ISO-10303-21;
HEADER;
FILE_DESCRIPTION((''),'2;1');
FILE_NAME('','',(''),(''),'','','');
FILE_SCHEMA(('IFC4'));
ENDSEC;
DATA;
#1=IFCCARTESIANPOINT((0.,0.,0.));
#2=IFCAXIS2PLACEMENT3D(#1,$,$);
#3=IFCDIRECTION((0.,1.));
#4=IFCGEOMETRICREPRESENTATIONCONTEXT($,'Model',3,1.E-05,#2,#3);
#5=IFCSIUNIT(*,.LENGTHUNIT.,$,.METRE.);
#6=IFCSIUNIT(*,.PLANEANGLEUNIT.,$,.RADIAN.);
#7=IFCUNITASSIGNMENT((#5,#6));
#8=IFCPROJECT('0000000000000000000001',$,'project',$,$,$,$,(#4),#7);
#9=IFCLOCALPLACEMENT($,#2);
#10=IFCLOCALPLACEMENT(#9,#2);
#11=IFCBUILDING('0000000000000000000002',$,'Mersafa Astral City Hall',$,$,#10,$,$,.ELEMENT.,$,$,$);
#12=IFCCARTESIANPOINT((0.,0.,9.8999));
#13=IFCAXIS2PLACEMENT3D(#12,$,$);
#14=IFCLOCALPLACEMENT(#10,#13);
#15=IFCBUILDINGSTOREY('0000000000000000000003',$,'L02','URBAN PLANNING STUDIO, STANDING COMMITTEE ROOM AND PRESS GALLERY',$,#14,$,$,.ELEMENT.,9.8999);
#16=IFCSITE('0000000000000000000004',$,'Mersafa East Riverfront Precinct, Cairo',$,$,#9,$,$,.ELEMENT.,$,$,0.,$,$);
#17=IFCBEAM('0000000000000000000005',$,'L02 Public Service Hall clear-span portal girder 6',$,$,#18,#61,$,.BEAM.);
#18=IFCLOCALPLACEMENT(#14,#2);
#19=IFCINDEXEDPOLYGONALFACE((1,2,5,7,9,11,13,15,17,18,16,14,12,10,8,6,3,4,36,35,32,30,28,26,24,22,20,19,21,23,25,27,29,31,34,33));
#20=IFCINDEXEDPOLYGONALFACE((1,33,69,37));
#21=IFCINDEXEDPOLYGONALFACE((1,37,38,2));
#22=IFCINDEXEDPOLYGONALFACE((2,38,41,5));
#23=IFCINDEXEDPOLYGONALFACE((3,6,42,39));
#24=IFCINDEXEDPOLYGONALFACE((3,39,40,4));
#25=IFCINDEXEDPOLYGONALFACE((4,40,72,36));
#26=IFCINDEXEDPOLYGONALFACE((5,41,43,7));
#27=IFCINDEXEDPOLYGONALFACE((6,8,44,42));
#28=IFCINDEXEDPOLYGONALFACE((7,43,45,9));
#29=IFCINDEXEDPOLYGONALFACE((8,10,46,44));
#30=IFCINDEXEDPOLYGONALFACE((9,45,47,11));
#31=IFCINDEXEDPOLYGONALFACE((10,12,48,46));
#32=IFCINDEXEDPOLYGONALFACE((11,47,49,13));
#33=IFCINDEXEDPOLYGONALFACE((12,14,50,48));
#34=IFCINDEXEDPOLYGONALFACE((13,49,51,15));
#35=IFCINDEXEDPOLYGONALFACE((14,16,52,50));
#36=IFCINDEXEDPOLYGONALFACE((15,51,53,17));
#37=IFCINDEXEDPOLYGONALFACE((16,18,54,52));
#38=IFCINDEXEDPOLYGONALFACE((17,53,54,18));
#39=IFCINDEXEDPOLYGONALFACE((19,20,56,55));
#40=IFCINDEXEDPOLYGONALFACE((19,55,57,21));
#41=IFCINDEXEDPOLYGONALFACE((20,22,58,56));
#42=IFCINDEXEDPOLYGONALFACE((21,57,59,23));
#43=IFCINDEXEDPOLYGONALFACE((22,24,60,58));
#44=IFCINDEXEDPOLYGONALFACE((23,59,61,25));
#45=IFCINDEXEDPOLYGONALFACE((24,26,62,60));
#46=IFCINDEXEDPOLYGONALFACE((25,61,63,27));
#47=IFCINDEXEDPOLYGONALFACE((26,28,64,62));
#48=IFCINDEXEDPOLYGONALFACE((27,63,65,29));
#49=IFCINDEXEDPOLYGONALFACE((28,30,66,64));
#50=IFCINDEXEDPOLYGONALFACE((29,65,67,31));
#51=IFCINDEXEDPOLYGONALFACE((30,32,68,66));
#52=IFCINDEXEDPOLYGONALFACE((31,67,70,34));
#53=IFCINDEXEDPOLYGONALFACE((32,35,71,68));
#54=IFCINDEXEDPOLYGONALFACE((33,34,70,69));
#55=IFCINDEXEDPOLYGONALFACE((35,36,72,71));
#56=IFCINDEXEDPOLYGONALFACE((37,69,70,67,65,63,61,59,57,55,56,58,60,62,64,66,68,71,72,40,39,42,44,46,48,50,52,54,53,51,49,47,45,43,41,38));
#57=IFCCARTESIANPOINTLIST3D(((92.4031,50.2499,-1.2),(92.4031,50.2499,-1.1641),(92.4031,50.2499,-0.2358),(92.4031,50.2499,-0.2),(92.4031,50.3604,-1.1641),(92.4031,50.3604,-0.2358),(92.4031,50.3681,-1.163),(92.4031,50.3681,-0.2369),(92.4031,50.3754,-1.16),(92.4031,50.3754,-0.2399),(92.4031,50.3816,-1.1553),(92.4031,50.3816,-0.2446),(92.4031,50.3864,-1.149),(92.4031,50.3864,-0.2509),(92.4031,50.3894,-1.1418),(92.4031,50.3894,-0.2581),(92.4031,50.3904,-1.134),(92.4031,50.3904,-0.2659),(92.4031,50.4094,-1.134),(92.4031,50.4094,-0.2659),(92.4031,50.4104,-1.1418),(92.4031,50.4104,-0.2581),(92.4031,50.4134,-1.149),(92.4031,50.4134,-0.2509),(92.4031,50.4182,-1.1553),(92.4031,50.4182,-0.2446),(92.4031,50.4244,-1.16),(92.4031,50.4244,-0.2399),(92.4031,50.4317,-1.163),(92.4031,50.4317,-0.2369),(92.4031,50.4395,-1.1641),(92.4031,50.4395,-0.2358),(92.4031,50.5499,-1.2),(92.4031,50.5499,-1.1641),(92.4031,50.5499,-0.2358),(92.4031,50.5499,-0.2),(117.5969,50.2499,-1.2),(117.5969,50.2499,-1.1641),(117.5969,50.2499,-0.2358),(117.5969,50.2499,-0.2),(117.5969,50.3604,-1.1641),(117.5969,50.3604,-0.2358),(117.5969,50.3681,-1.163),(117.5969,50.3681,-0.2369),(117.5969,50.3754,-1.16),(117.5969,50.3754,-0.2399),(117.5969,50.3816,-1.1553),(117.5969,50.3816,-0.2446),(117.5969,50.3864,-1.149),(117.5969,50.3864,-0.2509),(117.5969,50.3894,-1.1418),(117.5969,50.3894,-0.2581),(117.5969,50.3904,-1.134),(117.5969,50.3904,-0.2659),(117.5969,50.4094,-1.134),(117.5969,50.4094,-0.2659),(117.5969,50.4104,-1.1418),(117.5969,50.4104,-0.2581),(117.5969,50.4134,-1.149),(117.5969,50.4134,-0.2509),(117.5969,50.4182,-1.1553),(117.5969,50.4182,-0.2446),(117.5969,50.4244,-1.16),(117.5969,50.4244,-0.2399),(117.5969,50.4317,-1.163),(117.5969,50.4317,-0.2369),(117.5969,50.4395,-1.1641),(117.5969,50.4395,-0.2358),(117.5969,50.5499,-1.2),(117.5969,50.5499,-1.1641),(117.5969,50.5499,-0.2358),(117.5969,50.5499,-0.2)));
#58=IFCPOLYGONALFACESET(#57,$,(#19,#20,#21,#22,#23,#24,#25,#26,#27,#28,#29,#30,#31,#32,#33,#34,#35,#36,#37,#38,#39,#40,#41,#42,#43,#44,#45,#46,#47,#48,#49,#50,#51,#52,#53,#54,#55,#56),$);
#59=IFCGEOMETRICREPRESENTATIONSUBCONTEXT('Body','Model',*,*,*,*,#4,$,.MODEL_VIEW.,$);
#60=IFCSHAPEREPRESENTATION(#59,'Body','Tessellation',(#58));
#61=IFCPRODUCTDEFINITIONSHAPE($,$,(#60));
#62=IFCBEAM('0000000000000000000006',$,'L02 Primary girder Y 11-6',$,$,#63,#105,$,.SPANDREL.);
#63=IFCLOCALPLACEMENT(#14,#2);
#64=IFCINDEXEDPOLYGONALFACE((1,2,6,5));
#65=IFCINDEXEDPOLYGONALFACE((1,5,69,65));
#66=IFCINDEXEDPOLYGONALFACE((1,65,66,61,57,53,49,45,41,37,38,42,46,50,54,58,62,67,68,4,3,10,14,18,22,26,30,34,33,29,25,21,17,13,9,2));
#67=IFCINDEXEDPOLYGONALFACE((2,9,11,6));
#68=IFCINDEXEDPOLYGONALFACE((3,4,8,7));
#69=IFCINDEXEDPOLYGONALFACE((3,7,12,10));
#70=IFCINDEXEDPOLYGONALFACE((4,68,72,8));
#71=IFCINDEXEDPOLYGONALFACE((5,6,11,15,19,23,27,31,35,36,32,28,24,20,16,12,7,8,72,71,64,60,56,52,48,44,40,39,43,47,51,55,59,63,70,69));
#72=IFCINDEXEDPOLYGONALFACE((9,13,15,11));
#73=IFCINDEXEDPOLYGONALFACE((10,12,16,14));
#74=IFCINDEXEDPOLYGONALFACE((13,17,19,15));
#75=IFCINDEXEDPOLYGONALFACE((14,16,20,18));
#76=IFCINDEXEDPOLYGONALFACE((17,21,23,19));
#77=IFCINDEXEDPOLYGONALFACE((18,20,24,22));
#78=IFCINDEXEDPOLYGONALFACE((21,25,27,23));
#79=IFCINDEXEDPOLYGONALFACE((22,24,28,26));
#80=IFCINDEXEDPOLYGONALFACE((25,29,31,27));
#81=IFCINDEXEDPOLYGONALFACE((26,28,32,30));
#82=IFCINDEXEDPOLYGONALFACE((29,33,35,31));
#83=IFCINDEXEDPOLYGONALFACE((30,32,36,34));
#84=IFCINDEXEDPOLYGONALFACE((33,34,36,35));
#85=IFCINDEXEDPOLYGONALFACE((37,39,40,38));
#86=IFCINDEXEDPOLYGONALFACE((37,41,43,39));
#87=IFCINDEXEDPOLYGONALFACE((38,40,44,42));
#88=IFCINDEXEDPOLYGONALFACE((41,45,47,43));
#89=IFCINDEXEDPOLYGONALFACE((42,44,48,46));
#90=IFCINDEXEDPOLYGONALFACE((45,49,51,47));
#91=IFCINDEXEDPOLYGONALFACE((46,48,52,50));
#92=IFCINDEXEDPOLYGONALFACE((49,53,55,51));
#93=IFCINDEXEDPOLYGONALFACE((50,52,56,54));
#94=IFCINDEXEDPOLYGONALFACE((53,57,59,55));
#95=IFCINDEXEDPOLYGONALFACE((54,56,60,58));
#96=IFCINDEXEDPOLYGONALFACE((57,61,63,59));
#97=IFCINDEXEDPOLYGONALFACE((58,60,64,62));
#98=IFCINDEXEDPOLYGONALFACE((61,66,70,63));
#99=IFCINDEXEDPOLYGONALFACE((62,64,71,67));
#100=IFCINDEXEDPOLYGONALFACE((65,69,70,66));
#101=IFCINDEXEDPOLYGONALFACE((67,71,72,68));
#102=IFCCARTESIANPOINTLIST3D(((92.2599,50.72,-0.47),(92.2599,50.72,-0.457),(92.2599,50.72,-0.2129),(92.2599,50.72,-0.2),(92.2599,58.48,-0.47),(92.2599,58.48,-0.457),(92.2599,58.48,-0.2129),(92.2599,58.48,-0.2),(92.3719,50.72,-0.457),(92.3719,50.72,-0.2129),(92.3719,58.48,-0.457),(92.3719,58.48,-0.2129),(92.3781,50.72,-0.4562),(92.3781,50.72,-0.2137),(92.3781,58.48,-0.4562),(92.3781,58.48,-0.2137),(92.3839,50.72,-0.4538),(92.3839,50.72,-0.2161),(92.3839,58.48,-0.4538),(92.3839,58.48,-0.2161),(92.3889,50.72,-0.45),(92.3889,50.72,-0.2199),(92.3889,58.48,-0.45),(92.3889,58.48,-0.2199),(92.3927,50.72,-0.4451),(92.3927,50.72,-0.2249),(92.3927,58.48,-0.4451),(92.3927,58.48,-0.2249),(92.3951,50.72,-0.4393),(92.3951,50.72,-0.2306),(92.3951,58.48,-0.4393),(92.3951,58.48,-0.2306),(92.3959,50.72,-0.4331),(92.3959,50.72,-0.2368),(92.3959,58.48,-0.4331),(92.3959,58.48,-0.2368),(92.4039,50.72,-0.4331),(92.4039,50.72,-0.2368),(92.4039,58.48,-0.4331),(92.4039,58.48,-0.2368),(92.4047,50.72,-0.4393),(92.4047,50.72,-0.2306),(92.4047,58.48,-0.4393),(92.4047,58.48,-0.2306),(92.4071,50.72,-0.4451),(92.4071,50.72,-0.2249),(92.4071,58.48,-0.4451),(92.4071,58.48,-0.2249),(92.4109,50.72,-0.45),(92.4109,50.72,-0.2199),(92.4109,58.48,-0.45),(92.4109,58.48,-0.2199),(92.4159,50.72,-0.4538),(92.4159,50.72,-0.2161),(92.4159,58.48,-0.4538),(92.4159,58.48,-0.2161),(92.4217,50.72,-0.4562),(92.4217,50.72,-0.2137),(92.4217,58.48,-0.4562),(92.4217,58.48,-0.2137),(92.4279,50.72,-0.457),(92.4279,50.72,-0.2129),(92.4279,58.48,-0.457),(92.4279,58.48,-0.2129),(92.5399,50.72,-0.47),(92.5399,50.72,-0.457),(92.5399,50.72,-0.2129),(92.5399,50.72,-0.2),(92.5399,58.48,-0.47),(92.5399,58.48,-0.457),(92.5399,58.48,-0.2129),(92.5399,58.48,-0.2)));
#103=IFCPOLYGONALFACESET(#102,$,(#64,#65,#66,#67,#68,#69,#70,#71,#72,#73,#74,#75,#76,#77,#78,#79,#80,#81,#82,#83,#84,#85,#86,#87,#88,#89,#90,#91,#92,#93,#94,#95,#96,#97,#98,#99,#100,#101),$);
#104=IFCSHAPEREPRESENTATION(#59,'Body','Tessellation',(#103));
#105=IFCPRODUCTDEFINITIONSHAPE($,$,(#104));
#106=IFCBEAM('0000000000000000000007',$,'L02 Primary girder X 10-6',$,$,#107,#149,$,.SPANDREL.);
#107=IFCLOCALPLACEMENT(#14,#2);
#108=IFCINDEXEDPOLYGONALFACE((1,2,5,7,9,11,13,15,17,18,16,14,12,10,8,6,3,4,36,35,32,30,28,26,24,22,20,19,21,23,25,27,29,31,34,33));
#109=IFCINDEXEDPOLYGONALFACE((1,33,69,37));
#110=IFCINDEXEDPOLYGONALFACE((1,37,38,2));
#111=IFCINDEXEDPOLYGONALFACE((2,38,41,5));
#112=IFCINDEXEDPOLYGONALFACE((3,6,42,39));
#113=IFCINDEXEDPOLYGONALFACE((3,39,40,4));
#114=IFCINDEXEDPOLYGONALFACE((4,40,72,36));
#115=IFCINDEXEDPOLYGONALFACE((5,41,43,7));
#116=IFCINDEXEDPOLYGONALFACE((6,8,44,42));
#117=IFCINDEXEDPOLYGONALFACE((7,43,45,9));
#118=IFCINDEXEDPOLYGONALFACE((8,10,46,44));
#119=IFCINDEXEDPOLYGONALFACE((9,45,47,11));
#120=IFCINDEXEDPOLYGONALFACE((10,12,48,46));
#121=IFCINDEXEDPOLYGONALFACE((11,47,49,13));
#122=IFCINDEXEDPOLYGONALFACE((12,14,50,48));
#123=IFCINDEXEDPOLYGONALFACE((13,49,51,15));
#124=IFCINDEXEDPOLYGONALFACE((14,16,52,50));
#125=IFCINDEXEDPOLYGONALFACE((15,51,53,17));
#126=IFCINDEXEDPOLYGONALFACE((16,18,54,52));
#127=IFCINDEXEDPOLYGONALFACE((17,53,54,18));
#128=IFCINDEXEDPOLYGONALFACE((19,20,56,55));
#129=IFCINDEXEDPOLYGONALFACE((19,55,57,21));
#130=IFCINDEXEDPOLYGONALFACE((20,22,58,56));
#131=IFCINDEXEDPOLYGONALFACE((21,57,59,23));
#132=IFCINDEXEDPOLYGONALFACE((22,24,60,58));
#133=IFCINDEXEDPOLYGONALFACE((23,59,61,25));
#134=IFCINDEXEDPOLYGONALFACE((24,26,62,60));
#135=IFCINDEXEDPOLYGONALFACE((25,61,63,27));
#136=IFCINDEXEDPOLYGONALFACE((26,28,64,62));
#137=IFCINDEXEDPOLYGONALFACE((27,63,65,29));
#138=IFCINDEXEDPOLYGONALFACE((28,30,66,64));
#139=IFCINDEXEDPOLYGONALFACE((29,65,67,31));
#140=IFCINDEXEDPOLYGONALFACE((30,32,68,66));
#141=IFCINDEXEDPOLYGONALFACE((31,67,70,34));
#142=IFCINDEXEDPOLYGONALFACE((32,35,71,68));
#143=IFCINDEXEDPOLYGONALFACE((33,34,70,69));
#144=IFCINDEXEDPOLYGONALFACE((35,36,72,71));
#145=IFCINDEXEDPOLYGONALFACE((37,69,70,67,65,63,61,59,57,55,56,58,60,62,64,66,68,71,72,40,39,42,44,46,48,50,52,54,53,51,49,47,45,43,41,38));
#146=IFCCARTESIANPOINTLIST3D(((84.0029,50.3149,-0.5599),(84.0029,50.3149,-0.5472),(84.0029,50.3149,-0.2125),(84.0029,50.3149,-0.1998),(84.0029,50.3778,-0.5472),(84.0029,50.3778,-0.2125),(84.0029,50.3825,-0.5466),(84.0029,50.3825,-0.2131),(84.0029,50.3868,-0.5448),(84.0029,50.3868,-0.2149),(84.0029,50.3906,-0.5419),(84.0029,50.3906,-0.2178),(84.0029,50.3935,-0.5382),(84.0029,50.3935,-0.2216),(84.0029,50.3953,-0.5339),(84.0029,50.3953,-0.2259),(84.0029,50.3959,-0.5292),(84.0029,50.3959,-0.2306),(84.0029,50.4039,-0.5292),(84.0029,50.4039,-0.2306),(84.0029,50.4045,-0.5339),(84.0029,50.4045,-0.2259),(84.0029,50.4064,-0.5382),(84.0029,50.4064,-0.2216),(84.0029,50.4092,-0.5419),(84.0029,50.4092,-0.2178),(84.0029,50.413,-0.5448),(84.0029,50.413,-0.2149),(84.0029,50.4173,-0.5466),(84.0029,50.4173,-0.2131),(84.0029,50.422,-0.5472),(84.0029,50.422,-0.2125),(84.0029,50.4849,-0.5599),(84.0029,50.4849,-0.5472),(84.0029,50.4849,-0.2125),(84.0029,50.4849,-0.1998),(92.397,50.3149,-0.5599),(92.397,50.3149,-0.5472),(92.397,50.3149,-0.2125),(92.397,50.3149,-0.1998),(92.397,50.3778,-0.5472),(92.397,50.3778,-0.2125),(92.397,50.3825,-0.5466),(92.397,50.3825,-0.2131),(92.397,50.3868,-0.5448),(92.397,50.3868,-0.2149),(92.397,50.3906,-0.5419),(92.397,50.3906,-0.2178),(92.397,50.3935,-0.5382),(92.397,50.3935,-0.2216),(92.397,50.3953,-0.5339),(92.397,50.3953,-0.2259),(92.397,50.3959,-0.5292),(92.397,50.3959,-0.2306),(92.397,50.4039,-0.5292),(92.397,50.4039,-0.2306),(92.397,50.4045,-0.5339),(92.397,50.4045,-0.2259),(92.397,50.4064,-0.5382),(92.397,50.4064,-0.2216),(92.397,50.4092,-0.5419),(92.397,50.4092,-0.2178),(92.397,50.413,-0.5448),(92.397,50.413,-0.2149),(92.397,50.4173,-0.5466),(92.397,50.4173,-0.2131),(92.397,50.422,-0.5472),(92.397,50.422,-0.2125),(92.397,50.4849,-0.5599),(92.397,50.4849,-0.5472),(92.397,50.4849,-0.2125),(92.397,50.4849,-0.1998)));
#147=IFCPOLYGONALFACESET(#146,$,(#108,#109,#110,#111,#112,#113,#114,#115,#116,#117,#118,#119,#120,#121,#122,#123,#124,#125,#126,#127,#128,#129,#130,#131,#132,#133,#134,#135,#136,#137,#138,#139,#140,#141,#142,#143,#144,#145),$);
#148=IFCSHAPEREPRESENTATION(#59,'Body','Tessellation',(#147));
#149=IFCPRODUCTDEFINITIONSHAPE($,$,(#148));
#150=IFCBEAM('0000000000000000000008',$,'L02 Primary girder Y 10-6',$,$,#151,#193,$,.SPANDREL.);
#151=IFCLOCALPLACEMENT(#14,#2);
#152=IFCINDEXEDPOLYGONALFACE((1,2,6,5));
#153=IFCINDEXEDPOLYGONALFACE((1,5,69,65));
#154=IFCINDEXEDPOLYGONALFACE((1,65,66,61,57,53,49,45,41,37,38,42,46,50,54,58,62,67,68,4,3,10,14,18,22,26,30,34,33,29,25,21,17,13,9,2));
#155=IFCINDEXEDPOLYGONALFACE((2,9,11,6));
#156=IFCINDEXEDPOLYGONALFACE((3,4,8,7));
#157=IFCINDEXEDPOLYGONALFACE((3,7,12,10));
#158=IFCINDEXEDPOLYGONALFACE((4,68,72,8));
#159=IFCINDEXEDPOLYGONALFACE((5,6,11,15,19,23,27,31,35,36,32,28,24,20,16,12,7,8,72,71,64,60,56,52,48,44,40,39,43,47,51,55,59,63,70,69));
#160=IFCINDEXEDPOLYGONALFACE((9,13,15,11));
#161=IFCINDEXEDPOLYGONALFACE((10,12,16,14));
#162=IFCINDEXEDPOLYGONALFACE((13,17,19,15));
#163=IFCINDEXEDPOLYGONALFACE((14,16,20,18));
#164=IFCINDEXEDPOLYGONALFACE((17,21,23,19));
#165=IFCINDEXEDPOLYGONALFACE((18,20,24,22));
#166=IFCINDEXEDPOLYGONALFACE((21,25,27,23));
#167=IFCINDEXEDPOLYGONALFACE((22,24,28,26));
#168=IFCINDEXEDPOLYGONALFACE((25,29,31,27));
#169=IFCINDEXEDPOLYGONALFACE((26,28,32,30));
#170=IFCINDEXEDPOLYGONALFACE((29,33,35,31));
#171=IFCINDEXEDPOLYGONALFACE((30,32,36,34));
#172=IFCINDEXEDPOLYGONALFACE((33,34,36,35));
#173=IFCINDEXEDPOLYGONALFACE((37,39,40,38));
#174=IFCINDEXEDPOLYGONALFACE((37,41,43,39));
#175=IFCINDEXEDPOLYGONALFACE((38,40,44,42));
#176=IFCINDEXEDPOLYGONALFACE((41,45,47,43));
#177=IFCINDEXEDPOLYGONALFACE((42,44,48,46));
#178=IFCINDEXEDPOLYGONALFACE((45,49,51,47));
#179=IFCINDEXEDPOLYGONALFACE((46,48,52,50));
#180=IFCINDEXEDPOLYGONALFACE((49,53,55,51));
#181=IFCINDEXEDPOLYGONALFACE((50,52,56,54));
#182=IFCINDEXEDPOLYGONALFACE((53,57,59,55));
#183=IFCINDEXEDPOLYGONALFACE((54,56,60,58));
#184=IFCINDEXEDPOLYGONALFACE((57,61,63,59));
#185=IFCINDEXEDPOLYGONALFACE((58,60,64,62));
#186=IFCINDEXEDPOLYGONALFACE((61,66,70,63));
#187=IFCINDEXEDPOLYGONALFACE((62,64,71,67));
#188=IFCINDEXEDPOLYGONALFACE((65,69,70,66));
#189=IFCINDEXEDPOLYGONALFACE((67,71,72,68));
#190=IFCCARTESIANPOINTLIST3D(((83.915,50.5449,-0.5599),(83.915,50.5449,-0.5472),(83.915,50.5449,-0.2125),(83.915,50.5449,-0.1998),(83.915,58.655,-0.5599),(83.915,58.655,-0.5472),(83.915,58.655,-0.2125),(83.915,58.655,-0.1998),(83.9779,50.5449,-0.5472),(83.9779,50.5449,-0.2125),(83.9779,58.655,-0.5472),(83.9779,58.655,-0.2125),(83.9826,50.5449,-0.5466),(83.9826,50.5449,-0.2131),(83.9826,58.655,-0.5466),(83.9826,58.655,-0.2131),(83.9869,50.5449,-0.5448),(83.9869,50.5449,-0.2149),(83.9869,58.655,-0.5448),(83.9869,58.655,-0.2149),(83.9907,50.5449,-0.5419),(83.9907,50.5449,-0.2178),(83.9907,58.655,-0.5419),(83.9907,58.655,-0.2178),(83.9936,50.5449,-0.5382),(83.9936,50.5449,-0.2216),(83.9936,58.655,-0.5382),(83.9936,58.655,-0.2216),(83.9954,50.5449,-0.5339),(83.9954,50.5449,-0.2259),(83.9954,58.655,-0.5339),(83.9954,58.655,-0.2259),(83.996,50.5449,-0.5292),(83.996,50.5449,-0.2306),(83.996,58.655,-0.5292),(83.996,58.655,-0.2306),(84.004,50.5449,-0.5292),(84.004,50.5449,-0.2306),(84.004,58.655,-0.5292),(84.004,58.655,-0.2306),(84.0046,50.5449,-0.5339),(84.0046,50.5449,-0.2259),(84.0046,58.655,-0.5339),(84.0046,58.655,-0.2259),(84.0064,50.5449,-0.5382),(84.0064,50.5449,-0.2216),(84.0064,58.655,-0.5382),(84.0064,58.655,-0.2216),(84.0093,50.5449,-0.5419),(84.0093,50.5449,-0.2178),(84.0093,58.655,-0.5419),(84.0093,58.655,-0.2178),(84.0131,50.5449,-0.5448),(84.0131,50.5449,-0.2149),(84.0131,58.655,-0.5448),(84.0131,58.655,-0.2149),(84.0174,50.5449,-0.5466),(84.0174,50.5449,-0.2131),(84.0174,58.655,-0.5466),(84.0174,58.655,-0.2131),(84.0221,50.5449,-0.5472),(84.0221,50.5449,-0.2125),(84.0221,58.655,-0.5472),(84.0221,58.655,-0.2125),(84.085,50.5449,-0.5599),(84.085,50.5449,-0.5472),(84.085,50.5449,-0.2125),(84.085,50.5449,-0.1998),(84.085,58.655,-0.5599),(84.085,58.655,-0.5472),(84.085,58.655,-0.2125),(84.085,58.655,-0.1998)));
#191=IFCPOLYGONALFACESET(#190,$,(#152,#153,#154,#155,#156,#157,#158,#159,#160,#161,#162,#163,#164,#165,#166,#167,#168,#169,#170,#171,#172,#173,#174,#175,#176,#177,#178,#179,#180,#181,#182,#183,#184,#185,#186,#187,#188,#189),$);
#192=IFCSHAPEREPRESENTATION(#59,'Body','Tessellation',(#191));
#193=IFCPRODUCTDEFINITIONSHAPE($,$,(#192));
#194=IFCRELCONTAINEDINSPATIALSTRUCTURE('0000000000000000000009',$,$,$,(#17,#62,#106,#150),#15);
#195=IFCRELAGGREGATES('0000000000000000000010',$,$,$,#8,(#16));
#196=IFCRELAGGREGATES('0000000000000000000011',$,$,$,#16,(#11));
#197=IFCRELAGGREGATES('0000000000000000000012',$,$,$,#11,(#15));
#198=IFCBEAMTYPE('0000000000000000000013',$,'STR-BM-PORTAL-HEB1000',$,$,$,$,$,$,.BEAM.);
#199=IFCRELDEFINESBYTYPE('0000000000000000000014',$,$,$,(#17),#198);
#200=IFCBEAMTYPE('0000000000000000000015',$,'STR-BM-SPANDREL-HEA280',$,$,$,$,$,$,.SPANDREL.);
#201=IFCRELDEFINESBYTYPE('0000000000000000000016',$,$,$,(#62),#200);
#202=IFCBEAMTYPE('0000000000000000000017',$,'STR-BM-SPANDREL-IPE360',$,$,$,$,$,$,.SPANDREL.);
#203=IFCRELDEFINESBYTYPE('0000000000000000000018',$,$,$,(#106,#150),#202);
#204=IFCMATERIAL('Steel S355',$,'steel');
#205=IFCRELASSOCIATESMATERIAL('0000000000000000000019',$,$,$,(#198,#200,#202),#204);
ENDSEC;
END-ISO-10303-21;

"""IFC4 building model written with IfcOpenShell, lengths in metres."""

from ifc_helpers import new_model, si_unit, direction, frame, origin, origin_2d, place, context, subcontext, project, spatial, i_section, extrude, material, material_profile, profile_set, type_object, element, save


model = new_model("IFC4")

# Units and contexts
model_context = context("Model", 3, precision=1e-05, world=origin(), true_north=direction((0.0, 1.0)))
body_context = subcontext(model_context, "Body", "Model", "MODEL_VIEW")
ifc_project = project(units=[si_unit("LENGTHUNIT", "METRE"), si_unit("PLANEANGLEUNIT", "RADIAN")], contexts=[model_context])

# Site, building, storey
site_placement = place(None, origin())
site = spatial("IfcSite", under=ifc_project, at=site_placement, Name="Mersafa East Riverfront Precinct, Cairo", CompositionType="ELEMENT", RefElevation=0.0)
building_placement = place(site_placement, origin())
building = spatial("IfcBuilding", under=site, at=building_placement, Name="Mersafa Astral City Hall", CompositionType="ELEMENT")
storey_placement = place(building_placement, frame((0.0, 0.0, 9.8999)))
storey = spatial("IfcBuildingStorey", under=building, at=storey_placement, Name="L02", Description="URBAN PLANNING STUDIO, STANDING COMMITTEE ROOM AND PRESS GALLERY", CompositionType="ELEMENT", Elevation=9.8999)

# Shared definitions
ifc_material_1 = material(Name="Steel S355", Category="steel")

# Beams
ifc_material_profile_1 = material_profile(ifc_material_1, i_section(OverallWidth=0.3, OverallDepth=1.0, WebThickness=0.019, FlangeThickness=0.0359, FilletRadius=0.03, at=origin_2d()), Name="HEB 1000")
ifc_profile_set_1 = profile_set([ifc_material_profile_1], Name="Steel S355")
beam_type_1 = type_object("IfcBeamType", Name="STR-BM-PORTAL-HEB1000", PredefinedType="BEAM", material=ifc_profile_set_1)
for number, where, z_axis, x_axis, name in (
    (1, (92.4031, 50.3999, -0.7), (1.0, 0.0, 0.0), (0.0, 1.0, 0.0), "L02 Public Service Hall clear-span portal girder 6"),
):
    element("IfcBeam", number, at=place(storey_placement, frame(where, z_axis=z_axis, x_axis=x_axis)), inside=storey, type_object=beam_type_1, Name=name, PredefinedType="BEAM", context=body_context, shape_type="SweptSolid", body=[
        extrude(i_section(OverallWidth=0.3, OverallDepth=1.0, WebThickness=0.019, FlangeThickness=0.0359, FilletRadius=0.03, at=origin_2d()), origin(), (0.0, 0.0, 1.0), 25.1938),
    ])
ifc_material_profile_2 = material_profile(ifc_material_1, i_section(OverallWidth=0.28, OverallDepth=0.27, WebThickness=0.0081, FlangeThickness=0.0129, FilletRadius=0.0239, at=origin_2d()), Name="HEA 280")
ifc_profile_set_2 = profile_set([ifc_material_profile_2], Name="Steel S355")
beam_type_2 = type_object("IfcBeamType", Name="STR-BM-SPANDREL-HEA280", PredefinedType="SPANDREL", material=ifc_profile_set_2)
beam_1_placement = place(storey_placement, frame((92.3999, 50.72, -0.335), z_axis=(0.0, 1.0, 0.0), x_axis=(-1.0, 0.0, 0.0)))
element("IfcBeam", 2, at=beam_1_placement, inside=storey, type_object=beam_type_2, Name="L02 Primary girder Y 11-6", PredefinedType="SPANDREL", context=body_context, shape_type="SweptSolid", body=[
    extrude(i_section(OverallWidth=0.28, OverallDepth=0.27, WebThickness=0.0081, FlangeThickness=0.0129, FilletRadius=0.0239, at=origin_2d()), origin(), (0.0, 0.0, 1.0), 7.76),
])
ifc_material_profile_3 = material_profile(ifc_material_1, i_section(OverallWidth=0.1699, OverallDepth=0.3601, WebThickness=0.0081, FlangeThickness=0.0127, FilletRadius=0.0181, at=origin_2d()), Name="IPE 360")
ifc_profile_set_3 = profile_set([ifc_material_profile_3], Name="Steel S355")
beam_type_3 = type_object("IfcBeamType", Name="STR-BM-SPANDREL-IPE360", PredefinedType="SPANDREL", material=ifc_profile_set_3)
beam_2_placement = place(storey_placement, frame((84.0029, 50.3999, -0.3799), z_axis=(1.0, 0.0, 0.0), x_axis=(0.0, 1.0, 0.0)))
element("IfcBeam", 3, at=beam_2_placement, inside=storey, type_object=beam_type_3, Name="L02 Primary girder X 10-6", PredefinedType="SPANDREL", context=body_context, shape_type="SweptSolid", body=[
    extrude(i_section(OverallWidth=0.1699, OverallDepth=0.3601, WebThickness=0.0081, FlangeThickness=0.0127, FilletRadius=0.0181, at=origin_2d()), origin(), (0.0, 0.0, 1.0), 8.394),
])
beam_3_placement = place(storey_placement, frame((84.0, 50.5449, -0.3799), z_axis=(0.0, 1.0, 0.0), x_axis=(-1.0, 0.0, 0.0)))
element("IfcBeam", 4, at=beam_3_placement, inside=storey, type_object=beam_type_3, Name="L02 Primary girder Y 10-6", PredefinedType="SPANDREL", context=body_context, shape_type="SweptSolid", body=[
    extrude(i_section(OverallWidth=0.1699, OverallDepth=0.3601, WebThickness=0.0081, FlangeThickness=0.0127, FilletRadius=0.0181, at=origin_2d()), origin(), (0.0, 0.0, 1.0), 8.1101),
])

save(model, "model.ifc")
